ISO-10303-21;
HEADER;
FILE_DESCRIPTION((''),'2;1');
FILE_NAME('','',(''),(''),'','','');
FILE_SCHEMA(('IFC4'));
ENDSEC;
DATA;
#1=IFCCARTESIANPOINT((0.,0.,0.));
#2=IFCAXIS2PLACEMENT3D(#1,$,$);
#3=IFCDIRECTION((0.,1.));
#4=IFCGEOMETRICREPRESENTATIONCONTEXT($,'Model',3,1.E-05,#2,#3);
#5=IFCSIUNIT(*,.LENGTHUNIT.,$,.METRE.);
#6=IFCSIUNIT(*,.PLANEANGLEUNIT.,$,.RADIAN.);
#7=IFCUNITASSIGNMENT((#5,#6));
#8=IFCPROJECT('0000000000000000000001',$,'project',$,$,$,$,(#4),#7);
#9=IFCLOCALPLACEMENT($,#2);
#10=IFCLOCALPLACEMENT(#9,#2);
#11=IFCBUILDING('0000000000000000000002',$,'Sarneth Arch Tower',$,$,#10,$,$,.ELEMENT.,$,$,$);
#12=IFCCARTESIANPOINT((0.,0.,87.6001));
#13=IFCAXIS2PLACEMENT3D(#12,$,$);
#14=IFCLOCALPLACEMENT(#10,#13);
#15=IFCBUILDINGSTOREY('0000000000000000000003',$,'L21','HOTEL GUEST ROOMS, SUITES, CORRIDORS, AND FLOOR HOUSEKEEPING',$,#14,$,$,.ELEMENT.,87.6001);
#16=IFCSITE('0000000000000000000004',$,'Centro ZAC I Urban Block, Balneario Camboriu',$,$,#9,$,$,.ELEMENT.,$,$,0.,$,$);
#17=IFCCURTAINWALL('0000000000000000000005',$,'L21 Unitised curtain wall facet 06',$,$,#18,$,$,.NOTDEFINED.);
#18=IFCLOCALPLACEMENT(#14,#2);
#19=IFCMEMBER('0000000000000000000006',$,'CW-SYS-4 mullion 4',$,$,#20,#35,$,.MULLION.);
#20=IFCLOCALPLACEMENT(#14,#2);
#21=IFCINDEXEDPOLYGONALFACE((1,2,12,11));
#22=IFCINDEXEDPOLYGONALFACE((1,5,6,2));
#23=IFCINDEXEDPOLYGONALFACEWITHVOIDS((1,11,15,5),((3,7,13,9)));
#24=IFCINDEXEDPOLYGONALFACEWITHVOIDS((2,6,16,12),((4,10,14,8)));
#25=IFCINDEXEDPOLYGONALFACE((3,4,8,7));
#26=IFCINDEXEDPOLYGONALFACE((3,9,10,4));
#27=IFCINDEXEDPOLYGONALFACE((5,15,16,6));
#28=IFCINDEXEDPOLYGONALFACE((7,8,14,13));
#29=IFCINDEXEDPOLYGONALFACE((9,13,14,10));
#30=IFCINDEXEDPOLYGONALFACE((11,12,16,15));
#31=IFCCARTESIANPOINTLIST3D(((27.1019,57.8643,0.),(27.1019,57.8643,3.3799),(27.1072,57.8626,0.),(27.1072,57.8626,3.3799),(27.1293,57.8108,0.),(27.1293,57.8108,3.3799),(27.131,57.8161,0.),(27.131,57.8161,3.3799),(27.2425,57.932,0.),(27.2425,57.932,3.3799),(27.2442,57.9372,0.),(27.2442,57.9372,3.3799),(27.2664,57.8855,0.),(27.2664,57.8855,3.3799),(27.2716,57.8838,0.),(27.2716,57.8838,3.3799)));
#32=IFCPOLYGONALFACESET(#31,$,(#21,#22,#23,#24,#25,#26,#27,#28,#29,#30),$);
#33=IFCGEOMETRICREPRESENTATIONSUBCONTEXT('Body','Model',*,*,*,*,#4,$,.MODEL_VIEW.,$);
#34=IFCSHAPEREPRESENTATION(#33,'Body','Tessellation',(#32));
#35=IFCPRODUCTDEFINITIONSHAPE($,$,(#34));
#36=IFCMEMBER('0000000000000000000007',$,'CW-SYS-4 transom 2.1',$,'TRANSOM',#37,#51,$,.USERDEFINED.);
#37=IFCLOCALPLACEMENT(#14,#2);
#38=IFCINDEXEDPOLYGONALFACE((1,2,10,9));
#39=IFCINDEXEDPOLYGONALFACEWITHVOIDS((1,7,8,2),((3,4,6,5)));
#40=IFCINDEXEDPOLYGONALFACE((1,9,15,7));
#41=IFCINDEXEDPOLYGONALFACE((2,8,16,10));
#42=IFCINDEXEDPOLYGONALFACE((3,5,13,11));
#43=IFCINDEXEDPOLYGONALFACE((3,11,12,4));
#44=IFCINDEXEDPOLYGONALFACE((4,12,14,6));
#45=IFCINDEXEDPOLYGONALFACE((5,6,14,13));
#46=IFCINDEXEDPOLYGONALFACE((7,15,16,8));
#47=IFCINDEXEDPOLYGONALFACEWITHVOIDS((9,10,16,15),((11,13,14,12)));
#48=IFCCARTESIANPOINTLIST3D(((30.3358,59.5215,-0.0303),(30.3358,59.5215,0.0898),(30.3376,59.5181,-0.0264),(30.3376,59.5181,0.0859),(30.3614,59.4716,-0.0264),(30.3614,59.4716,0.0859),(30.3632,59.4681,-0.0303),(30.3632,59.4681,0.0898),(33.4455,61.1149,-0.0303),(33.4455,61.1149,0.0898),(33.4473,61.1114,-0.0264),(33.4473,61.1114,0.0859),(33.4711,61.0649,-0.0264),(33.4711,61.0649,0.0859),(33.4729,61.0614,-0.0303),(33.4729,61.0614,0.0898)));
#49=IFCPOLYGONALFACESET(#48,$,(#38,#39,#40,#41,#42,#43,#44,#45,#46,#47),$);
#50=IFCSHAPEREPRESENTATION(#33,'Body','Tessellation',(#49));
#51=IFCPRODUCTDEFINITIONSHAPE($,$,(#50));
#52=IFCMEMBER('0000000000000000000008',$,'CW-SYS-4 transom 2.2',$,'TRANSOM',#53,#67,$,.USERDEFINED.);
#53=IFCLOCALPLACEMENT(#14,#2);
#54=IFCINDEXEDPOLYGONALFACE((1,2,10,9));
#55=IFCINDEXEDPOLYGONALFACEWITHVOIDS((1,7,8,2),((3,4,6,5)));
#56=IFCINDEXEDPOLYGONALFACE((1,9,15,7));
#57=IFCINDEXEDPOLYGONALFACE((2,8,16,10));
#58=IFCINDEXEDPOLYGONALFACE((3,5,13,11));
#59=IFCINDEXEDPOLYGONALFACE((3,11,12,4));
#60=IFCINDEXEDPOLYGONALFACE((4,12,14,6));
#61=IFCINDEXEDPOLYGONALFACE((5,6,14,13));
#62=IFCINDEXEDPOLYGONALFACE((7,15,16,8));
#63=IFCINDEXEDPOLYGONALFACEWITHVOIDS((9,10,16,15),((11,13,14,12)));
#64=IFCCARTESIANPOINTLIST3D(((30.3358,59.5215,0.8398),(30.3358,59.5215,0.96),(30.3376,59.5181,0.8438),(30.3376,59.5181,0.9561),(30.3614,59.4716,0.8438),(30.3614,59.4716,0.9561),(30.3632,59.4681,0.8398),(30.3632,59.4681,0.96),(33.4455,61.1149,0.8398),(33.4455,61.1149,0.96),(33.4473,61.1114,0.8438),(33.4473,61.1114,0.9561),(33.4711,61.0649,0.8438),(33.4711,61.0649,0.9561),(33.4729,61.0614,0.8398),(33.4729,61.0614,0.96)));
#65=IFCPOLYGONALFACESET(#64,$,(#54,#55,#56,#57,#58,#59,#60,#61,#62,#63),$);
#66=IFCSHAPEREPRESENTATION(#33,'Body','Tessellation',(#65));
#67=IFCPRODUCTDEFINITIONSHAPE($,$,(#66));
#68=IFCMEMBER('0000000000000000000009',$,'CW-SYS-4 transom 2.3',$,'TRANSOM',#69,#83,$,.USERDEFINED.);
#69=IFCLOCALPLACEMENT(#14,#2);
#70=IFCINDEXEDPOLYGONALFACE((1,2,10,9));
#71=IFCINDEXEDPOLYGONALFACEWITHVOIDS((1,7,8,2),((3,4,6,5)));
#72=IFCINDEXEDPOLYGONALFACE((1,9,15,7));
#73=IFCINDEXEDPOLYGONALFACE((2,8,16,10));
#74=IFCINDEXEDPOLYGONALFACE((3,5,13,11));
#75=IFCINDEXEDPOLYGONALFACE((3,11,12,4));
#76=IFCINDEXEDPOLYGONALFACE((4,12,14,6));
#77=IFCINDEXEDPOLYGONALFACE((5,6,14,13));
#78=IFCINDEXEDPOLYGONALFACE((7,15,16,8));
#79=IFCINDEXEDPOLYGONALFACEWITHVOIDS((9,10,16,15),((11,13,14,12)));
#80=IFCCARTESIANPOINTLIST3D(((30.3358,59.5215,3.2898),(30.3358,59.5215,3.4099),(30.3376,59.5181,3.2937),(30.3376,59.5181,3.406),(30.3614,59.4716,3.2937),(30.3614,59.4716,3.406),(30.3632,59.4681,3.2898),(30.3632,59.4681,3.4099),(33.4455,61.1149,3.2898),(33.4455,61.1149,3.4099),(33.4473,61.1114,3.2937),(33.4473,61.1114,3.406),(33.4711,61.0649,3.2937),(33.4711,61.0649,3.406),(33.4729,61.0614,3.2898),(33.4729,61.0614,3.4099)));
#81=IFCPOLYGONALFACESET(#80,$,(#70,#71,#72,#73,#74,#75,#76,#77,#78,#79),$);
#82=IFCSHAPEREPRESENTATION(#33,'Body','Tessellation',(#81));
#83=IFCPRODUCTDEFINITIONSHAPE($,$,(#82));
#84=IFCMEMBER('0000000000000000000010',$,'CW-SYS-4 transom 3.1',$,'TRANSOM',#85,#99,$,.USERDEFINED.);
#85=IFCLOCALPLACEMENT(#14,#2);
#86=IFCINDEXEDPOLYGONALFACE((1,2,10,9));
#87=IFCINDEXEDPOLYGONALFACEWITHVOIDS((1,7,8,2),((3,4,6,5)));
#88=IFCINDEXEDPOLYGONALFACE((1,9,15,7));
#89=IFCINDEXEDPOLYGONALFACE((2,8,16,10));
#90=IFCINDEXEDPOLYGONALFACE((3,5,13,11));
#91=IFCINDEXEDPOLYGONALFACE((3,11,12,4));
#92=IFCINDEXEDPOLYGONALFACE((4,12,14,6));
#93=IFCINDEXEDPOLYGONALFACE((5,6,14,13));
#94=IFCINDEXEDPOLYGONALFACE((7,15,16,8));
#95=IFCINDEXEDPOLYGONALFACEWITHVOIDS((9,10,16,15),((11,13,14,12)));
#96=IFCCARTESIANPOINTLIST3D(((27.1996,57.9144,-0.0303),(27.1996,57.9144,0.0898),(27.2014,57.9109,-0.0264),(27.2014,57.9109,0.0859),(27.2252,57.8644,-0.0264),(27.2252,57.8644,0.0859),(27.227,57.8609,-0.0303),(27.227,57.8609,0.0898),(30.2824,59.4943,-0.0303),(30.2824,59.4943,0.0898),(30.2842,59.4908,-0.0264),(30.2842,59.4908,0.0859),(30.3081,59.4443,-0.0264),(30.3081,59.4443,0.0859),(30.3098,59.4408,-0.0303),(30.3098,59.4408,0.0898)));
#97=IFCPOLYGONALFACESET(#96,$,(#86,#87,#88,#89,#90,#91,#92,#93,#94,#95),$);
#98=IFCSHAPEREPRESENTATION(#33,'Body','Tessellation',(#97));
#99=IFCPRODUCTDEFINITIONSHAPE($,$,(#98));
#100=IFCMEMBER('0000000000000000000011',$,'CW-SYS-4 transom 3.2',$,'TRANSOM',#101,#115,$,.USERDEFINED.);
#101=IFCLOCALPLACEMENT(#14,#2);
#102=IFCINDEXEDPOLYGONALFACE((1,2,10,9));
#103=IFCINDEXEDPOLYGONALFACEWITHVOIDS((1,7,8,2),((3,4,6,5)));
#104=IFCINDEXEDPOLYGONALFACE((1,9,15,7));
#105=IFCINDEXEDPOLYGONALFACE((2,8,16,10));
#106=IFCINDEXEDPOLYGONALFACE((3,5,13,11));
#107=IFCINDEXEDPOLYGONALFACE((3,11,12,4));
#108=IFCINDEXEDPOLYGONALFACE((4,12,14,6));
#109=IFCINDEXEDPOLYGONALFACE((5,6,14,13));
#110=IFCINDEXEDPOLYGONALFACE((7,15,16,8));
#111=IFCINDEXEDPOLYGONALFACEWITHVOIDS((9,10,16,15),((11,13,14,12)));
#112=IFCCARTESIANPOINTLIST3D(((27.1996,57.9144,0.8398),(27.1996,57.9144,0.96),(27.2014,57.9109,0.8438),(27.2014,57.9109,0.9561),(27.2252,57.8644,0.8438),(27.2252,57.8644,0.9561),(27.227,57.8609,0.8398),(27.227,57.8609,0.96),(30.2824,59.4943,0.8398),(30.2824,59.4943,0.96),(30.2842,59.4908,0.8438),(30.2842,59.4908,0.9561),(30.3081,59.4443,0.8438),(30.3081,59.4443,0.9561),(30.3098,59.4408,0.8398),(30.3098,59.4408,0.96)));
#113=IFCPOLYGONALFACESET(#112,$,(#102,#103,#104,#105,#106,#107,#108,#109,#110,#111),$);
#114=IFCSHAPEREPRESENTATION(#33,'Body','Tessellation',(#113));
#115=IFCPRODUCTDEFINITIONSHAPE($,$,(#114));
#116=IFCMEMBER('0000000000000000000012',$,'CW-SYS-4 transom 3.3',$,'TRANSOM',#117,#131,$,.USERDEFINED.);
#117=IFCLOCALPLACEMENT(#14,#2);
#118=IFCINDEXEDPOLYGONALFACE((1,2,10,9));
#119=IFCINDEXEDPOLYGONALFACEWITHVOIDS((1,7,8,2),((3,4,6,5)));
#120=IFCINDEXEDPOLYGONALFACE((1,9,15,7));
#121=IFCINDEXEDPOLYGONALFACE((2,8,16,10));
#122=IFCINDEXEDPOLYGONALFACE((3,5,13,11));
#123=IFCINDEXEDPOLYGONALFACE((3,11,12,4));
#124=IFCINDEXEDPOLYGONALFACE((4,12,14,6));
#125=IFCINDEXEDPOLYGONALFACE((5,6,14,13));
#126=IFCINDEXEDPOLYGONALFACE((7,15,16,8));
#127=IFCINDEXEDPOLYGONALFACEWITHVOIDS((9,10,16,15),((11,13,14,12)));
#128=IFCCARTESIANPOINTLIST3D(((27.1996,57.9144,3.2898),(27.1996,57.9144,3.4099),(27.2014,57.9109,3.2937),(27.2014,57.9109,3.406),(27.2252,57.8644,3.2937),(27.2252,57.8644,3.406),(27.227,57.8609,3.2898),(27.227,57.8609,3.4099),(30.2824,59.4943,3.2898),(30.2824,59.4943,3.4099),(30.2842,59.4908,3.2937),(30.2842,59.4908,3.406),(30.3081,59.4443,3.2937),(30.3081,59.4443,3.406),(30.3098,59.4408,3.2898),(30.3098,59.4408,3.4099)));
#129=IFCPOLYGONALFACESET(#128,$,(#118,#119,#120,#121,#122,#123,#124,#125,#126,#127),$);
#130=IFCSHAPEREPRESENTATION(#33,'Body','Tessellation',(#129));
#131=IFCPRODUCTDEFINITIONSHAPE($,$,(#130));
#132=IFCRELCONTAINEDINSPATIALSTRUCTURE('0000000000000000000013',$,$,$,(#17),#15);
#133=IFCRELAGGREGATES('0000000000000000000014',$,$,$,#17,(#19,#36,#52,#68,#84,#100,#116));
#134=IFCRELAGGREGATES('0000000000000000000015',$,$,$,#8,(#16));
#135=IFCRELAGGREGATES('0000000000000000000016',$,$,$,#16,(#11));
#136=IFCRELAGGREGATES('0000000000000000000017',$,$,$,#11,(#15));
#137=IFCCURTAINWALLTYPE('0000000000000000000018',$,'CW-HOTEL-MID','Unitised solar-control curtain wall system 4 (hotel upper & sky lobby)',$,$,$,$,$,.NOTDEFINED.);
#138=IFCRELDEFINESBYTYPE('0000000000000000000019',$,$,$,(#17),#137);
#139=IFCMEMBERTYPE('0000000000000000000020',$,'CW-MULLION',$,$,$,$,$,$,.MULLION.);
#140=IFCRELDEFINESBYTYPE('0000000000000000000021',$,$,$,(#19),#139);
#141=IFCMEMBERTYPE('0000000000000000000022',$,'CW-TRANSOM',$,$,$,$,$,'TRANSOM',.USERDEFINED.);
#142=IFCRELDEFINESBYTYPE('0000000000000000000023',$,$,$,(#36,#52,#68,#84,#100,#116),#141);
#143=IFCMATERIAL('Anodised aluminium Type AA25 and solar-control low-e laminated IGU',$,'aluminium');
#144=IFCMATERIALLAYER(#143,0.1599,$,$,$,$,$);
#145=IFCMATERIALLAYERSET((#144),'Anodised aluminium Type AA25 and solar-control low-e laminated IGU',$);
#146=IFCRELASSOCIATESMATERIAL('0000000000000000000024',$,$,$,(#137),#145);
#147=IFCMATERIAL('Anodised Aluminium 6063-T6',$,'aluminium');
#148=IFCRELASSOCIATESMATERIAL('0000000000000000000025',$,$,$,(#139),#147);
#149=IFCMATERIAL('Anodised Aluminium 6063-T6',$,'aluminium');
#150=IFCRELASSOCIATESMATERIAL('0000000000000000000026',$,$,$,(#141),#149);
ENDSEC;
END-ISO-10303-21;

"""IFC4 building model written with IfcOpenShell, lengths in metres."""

from ifc_helpers import new_model, si_unit, direction, frame, origin, origin_2d, place, context, subcontext, project, spatial, hollow_rectangle, extrude, material, layer, layer_set, material_profile, profile_set, type_object, element, aggregate, save


model = new_model("IFC4")

# Units and contexts
model_context = context("Model", 3, precision=1e-05, world=origin(), true_north=direction((0.0, 1.0)))
body_context = subcontext(model_context, "Body", "Model", "MODEL_VIEW")
ifc_project = project(units=[si_unit("LENGTHUNIT", "METRE"), si_unit("PLANEANGLEUNIT", "RADIAN")], contexts=[model_context])

# Site, building, storey
site_placement = place(None, origin())
site = spatial("IfcSite", under=ifc_project, at=site_placement, Name="Centro ZAC I Urban Block, Balneario Camboriu", CompositionType="ELEMENT", RefElevation=0.0)
building_placement = place(site_placement, origin())
building = spatial("IfcBuilding", under=site, at=building_placement, Name="Sarneth Arch Tower", CompositionType="ELEMENT")
storey_placement = place(building_placement, frame((0.0, 0.0, 87.6001)))
storey = spatial("IfcBuildingStorey", under=building, at=storey_placement, Name="L21", Description="HOTEL GUEST ROOMS, SUITES, CORRIDORS, AND FLOOR HOUSEKEEPING", CompositionType="ELEMENT", Elevation=87.6001)

# Curtain wall, members
ifc_material_1 = material(Name="Anodised aluminium Type AA25 and solar-control low-e laminated IGU", Category="aluminium")
ifc_layer_1 = layer(ifc_material_1, 0.1599)
ifc_layer_set_1 = layer_set([ifc_layer_1], Name="Anodised aluminium Type AA25 and solar-control low-e laminated IGU")
curtain_wall_type = type_object("IfcCurtainWallType", Name="CW-HOTEL-MID", Description="Unitised solar-control curtain wall system 4 (hotel upper & sky lobby)", PredefinedType="NOTDEFINED", material=ifc_layer_set_1)
curtain_wall_placement = place(storey_placement, origin())
curtain_wall = element("IfcCurtainWall", 1, at=curtain_wall_placement, inside=storey, type_object=curtain_wall_type, Name="L21 Unitised curtain wall facet 06", PredefinedType="NOTDEFINED")
ifc_material_2 = material(Name="Anodised Aluminium 6063-T6", Category="aluminium")
ifc_material_profile_1 = material_profile(ifc_material_2, hollow_rectangle(XDim=0.0601, YDim=0.1599, WallThickness=0.0039, at=origin_2d()), Name="AL-MULL-160x60x4")
ifc_profile_set_1 = profile_set([ifc_material_profile_1], Name="Anodised Aluminium 6063-T6")
member_type_1 = type_object("IfcMemberType", Name="CW-MULLION", PredefinedType="MULLION", material=ifc_profile_set_1)
member_1_placement = place(storey_placement, frame((27.1868, 57.874, 0.0), z_axis=(0.0, 0.0, 1.0), x_axis=(0.456031, -0.889964, 0.0)))
member_1 = element("IfcMember", 2, at=member_1_placement, type_object=member_type_1, Name="CW-SYS-4 mullion 4", PredefinedType="MULLION", context=body_context, shape_type="SweptSolid", body=[
    extrude(hollow_rectangle(XDim=0.0601, YDim=0.1599, WallThickness=0.0039, at=origin_2d()), origin(), (0.0, 0.0, 1.0), 3.3799),
])
ifc_material_3 = material(Name="Anodised Aluminium 6063-T6", Category="aluminium")
ifc_material_profile_2 = material_profile(ifc_material_3, hollow_rectangle(XDim=0.0601, YDim=0.1201, WallThickness=0.0039, at=origin_2d()), Name="AL-TRAN-120x60x4")
ifc_profile_set_2 = profile_set([ifc_material_profile_2], Name="Anodised Aluminium 6063-T6")
member_type_2 = type_object("IfcMemberType", Name="CW-TRANSOM", ElementType="TRANSOM", PredefinedType="USERDEFINED", material=ifc_profile_set_2)
member_2_placement = place(storey_placement, frame((33.4592, 61.0881, 0.0298), z_axis=(-0.889982, -0.455996, 0.0), x_axis=(0.455996, -0.889982, 0.0)))
member_2 = element("IfcMember", 3, at=member_2_placement, type_object=member_type_2, Name="CW-SYS-4 transom 2.1", ObjectType="TRANSOM", PredefinedType="USERDEFINED", context=body_context, shape_type="SweptSolid", body=[
    extrude(hollow_rectangle(XDim=0.0601, YDim=0.1201, WallThickness=0.0039, at=origin_2d()), origin(), (0.0, 0.0, 1.0), 3.4941),
])
member_3_placement = place(storey_placement, frame((33.4592, 61.0881, 0.8999), z_axis=(-0.889982, -0.455996, 0.0), x_axis=(0.455996, -0.889982, 0.0)))
member_3 = element("IfcMember", 4, at=member_3_placement, type_object=member_type_2, Name="CW-SYS-4 transom 2.2", ObjectType="TRANSOM", PredefinedType="USERDEFINED", context=body_context, shape_type="SweptSolid", body=[
    extrude(hollow_rectangle(XDim=0.0601, YDim=0.1201, WallThickness=0.0039, at=origin_2d()), origin(), (0.0, 0.0, 1.0), 3.4941),
])
member_4_placement = place(storey_placement, frame((33.4592, 61.0881, 3.3499), z_axis=(-0.889982, -0.455996, 0.0), x_axis=(0.455996, -0.889982, 0.0)))
member_4 = element("IfcMember", 5, at=member_4_placement, type_object=member_type_2, Name="CW-SYS-4 transom 2.3", ObjectType="TRANSOM", PredefinedType="USERDEFINED", context=body_context, shape_type="SweptSolid", body=[
    extrude(hollow_rectangle(XDim=0.0601, YDim=0.1201, WallThickness=0.0039, at=origin_2d()), origin(), (0.0, 0.0, 1.0), 3.4941),
])
member_5_placement = place(storey_placement, frame((30.2961, 59.4675, 0.0298), z_axis=(-0.889943, -0.456072, 0.0), x_axis=(0.456072, -0.889943, 0.0)))
member_5 = element("IfcMember", 6, at=member_5_placement, type_object=member_type_2, Name="CW-SYS-4 transom 3.1", ObjectType="TRANSOM", PredefinedType="USERDEFINED", context=body_context, shape_type="SweptSolid", body=[
    extrude(hollow_rectangle(XDim=0.0601, YDim=0.1201, WallThickness=0.0039, at=origin_2d()), origin(), (0.0, 0.0, 1.0), 3.4641),
])
member_6_placement = place(storey_placement, frame((30.2961, 59.4675, 0.8999), z_axis=(-0.889943, -0.456072, 0.0), x_axis=(0.456072, -0.889943, 0.0)))
member_6 = element("IfcMember", 7, at=member_6_placement, type_object=member_type_2, Name="CW-SYS-4 transom 3.2", ObjectType="TRANSOM", PredefinedType="USERDEFINED", context=body_context, shape_type="SweptSolid", body=[
    extrude(hollow_rectangle(XDim=0.0601, YDim=0.1201, WallThickness=0.0039, at=origin_2d()), origin(), (0.0, 0.0, 1.0), 3.4641),
])
member_7_placement = place(storey_placement, frame((30.2961, 59.4675, 3.3499), z_axis=(-0.889943, -0.456072, 0.0), x_axis=(0.456072, -0.889943, 0.0)))
member_7 = element("IfcMember", 8, at=member_7_placement, type_object=member_type_2, Name="CW-SYS-4 transom 3.3", ObjectType="TRANSOM", PredefinedType="USERDEFINED", context=body_context, shape_type="SweptSolid", body=[
    extrude(hollow_rectangle(XDim=0.0601, YDim=0.1201, WallThickness=0.0039, at=origin_2d()), origin(), (0.0, 0.0, 1.0), 3.4641),
])

aggregate(curtain_wall, [member_1, member_2, member_3, member_4, member_5, member_6, member_7])

save(model, "model.ifc")
